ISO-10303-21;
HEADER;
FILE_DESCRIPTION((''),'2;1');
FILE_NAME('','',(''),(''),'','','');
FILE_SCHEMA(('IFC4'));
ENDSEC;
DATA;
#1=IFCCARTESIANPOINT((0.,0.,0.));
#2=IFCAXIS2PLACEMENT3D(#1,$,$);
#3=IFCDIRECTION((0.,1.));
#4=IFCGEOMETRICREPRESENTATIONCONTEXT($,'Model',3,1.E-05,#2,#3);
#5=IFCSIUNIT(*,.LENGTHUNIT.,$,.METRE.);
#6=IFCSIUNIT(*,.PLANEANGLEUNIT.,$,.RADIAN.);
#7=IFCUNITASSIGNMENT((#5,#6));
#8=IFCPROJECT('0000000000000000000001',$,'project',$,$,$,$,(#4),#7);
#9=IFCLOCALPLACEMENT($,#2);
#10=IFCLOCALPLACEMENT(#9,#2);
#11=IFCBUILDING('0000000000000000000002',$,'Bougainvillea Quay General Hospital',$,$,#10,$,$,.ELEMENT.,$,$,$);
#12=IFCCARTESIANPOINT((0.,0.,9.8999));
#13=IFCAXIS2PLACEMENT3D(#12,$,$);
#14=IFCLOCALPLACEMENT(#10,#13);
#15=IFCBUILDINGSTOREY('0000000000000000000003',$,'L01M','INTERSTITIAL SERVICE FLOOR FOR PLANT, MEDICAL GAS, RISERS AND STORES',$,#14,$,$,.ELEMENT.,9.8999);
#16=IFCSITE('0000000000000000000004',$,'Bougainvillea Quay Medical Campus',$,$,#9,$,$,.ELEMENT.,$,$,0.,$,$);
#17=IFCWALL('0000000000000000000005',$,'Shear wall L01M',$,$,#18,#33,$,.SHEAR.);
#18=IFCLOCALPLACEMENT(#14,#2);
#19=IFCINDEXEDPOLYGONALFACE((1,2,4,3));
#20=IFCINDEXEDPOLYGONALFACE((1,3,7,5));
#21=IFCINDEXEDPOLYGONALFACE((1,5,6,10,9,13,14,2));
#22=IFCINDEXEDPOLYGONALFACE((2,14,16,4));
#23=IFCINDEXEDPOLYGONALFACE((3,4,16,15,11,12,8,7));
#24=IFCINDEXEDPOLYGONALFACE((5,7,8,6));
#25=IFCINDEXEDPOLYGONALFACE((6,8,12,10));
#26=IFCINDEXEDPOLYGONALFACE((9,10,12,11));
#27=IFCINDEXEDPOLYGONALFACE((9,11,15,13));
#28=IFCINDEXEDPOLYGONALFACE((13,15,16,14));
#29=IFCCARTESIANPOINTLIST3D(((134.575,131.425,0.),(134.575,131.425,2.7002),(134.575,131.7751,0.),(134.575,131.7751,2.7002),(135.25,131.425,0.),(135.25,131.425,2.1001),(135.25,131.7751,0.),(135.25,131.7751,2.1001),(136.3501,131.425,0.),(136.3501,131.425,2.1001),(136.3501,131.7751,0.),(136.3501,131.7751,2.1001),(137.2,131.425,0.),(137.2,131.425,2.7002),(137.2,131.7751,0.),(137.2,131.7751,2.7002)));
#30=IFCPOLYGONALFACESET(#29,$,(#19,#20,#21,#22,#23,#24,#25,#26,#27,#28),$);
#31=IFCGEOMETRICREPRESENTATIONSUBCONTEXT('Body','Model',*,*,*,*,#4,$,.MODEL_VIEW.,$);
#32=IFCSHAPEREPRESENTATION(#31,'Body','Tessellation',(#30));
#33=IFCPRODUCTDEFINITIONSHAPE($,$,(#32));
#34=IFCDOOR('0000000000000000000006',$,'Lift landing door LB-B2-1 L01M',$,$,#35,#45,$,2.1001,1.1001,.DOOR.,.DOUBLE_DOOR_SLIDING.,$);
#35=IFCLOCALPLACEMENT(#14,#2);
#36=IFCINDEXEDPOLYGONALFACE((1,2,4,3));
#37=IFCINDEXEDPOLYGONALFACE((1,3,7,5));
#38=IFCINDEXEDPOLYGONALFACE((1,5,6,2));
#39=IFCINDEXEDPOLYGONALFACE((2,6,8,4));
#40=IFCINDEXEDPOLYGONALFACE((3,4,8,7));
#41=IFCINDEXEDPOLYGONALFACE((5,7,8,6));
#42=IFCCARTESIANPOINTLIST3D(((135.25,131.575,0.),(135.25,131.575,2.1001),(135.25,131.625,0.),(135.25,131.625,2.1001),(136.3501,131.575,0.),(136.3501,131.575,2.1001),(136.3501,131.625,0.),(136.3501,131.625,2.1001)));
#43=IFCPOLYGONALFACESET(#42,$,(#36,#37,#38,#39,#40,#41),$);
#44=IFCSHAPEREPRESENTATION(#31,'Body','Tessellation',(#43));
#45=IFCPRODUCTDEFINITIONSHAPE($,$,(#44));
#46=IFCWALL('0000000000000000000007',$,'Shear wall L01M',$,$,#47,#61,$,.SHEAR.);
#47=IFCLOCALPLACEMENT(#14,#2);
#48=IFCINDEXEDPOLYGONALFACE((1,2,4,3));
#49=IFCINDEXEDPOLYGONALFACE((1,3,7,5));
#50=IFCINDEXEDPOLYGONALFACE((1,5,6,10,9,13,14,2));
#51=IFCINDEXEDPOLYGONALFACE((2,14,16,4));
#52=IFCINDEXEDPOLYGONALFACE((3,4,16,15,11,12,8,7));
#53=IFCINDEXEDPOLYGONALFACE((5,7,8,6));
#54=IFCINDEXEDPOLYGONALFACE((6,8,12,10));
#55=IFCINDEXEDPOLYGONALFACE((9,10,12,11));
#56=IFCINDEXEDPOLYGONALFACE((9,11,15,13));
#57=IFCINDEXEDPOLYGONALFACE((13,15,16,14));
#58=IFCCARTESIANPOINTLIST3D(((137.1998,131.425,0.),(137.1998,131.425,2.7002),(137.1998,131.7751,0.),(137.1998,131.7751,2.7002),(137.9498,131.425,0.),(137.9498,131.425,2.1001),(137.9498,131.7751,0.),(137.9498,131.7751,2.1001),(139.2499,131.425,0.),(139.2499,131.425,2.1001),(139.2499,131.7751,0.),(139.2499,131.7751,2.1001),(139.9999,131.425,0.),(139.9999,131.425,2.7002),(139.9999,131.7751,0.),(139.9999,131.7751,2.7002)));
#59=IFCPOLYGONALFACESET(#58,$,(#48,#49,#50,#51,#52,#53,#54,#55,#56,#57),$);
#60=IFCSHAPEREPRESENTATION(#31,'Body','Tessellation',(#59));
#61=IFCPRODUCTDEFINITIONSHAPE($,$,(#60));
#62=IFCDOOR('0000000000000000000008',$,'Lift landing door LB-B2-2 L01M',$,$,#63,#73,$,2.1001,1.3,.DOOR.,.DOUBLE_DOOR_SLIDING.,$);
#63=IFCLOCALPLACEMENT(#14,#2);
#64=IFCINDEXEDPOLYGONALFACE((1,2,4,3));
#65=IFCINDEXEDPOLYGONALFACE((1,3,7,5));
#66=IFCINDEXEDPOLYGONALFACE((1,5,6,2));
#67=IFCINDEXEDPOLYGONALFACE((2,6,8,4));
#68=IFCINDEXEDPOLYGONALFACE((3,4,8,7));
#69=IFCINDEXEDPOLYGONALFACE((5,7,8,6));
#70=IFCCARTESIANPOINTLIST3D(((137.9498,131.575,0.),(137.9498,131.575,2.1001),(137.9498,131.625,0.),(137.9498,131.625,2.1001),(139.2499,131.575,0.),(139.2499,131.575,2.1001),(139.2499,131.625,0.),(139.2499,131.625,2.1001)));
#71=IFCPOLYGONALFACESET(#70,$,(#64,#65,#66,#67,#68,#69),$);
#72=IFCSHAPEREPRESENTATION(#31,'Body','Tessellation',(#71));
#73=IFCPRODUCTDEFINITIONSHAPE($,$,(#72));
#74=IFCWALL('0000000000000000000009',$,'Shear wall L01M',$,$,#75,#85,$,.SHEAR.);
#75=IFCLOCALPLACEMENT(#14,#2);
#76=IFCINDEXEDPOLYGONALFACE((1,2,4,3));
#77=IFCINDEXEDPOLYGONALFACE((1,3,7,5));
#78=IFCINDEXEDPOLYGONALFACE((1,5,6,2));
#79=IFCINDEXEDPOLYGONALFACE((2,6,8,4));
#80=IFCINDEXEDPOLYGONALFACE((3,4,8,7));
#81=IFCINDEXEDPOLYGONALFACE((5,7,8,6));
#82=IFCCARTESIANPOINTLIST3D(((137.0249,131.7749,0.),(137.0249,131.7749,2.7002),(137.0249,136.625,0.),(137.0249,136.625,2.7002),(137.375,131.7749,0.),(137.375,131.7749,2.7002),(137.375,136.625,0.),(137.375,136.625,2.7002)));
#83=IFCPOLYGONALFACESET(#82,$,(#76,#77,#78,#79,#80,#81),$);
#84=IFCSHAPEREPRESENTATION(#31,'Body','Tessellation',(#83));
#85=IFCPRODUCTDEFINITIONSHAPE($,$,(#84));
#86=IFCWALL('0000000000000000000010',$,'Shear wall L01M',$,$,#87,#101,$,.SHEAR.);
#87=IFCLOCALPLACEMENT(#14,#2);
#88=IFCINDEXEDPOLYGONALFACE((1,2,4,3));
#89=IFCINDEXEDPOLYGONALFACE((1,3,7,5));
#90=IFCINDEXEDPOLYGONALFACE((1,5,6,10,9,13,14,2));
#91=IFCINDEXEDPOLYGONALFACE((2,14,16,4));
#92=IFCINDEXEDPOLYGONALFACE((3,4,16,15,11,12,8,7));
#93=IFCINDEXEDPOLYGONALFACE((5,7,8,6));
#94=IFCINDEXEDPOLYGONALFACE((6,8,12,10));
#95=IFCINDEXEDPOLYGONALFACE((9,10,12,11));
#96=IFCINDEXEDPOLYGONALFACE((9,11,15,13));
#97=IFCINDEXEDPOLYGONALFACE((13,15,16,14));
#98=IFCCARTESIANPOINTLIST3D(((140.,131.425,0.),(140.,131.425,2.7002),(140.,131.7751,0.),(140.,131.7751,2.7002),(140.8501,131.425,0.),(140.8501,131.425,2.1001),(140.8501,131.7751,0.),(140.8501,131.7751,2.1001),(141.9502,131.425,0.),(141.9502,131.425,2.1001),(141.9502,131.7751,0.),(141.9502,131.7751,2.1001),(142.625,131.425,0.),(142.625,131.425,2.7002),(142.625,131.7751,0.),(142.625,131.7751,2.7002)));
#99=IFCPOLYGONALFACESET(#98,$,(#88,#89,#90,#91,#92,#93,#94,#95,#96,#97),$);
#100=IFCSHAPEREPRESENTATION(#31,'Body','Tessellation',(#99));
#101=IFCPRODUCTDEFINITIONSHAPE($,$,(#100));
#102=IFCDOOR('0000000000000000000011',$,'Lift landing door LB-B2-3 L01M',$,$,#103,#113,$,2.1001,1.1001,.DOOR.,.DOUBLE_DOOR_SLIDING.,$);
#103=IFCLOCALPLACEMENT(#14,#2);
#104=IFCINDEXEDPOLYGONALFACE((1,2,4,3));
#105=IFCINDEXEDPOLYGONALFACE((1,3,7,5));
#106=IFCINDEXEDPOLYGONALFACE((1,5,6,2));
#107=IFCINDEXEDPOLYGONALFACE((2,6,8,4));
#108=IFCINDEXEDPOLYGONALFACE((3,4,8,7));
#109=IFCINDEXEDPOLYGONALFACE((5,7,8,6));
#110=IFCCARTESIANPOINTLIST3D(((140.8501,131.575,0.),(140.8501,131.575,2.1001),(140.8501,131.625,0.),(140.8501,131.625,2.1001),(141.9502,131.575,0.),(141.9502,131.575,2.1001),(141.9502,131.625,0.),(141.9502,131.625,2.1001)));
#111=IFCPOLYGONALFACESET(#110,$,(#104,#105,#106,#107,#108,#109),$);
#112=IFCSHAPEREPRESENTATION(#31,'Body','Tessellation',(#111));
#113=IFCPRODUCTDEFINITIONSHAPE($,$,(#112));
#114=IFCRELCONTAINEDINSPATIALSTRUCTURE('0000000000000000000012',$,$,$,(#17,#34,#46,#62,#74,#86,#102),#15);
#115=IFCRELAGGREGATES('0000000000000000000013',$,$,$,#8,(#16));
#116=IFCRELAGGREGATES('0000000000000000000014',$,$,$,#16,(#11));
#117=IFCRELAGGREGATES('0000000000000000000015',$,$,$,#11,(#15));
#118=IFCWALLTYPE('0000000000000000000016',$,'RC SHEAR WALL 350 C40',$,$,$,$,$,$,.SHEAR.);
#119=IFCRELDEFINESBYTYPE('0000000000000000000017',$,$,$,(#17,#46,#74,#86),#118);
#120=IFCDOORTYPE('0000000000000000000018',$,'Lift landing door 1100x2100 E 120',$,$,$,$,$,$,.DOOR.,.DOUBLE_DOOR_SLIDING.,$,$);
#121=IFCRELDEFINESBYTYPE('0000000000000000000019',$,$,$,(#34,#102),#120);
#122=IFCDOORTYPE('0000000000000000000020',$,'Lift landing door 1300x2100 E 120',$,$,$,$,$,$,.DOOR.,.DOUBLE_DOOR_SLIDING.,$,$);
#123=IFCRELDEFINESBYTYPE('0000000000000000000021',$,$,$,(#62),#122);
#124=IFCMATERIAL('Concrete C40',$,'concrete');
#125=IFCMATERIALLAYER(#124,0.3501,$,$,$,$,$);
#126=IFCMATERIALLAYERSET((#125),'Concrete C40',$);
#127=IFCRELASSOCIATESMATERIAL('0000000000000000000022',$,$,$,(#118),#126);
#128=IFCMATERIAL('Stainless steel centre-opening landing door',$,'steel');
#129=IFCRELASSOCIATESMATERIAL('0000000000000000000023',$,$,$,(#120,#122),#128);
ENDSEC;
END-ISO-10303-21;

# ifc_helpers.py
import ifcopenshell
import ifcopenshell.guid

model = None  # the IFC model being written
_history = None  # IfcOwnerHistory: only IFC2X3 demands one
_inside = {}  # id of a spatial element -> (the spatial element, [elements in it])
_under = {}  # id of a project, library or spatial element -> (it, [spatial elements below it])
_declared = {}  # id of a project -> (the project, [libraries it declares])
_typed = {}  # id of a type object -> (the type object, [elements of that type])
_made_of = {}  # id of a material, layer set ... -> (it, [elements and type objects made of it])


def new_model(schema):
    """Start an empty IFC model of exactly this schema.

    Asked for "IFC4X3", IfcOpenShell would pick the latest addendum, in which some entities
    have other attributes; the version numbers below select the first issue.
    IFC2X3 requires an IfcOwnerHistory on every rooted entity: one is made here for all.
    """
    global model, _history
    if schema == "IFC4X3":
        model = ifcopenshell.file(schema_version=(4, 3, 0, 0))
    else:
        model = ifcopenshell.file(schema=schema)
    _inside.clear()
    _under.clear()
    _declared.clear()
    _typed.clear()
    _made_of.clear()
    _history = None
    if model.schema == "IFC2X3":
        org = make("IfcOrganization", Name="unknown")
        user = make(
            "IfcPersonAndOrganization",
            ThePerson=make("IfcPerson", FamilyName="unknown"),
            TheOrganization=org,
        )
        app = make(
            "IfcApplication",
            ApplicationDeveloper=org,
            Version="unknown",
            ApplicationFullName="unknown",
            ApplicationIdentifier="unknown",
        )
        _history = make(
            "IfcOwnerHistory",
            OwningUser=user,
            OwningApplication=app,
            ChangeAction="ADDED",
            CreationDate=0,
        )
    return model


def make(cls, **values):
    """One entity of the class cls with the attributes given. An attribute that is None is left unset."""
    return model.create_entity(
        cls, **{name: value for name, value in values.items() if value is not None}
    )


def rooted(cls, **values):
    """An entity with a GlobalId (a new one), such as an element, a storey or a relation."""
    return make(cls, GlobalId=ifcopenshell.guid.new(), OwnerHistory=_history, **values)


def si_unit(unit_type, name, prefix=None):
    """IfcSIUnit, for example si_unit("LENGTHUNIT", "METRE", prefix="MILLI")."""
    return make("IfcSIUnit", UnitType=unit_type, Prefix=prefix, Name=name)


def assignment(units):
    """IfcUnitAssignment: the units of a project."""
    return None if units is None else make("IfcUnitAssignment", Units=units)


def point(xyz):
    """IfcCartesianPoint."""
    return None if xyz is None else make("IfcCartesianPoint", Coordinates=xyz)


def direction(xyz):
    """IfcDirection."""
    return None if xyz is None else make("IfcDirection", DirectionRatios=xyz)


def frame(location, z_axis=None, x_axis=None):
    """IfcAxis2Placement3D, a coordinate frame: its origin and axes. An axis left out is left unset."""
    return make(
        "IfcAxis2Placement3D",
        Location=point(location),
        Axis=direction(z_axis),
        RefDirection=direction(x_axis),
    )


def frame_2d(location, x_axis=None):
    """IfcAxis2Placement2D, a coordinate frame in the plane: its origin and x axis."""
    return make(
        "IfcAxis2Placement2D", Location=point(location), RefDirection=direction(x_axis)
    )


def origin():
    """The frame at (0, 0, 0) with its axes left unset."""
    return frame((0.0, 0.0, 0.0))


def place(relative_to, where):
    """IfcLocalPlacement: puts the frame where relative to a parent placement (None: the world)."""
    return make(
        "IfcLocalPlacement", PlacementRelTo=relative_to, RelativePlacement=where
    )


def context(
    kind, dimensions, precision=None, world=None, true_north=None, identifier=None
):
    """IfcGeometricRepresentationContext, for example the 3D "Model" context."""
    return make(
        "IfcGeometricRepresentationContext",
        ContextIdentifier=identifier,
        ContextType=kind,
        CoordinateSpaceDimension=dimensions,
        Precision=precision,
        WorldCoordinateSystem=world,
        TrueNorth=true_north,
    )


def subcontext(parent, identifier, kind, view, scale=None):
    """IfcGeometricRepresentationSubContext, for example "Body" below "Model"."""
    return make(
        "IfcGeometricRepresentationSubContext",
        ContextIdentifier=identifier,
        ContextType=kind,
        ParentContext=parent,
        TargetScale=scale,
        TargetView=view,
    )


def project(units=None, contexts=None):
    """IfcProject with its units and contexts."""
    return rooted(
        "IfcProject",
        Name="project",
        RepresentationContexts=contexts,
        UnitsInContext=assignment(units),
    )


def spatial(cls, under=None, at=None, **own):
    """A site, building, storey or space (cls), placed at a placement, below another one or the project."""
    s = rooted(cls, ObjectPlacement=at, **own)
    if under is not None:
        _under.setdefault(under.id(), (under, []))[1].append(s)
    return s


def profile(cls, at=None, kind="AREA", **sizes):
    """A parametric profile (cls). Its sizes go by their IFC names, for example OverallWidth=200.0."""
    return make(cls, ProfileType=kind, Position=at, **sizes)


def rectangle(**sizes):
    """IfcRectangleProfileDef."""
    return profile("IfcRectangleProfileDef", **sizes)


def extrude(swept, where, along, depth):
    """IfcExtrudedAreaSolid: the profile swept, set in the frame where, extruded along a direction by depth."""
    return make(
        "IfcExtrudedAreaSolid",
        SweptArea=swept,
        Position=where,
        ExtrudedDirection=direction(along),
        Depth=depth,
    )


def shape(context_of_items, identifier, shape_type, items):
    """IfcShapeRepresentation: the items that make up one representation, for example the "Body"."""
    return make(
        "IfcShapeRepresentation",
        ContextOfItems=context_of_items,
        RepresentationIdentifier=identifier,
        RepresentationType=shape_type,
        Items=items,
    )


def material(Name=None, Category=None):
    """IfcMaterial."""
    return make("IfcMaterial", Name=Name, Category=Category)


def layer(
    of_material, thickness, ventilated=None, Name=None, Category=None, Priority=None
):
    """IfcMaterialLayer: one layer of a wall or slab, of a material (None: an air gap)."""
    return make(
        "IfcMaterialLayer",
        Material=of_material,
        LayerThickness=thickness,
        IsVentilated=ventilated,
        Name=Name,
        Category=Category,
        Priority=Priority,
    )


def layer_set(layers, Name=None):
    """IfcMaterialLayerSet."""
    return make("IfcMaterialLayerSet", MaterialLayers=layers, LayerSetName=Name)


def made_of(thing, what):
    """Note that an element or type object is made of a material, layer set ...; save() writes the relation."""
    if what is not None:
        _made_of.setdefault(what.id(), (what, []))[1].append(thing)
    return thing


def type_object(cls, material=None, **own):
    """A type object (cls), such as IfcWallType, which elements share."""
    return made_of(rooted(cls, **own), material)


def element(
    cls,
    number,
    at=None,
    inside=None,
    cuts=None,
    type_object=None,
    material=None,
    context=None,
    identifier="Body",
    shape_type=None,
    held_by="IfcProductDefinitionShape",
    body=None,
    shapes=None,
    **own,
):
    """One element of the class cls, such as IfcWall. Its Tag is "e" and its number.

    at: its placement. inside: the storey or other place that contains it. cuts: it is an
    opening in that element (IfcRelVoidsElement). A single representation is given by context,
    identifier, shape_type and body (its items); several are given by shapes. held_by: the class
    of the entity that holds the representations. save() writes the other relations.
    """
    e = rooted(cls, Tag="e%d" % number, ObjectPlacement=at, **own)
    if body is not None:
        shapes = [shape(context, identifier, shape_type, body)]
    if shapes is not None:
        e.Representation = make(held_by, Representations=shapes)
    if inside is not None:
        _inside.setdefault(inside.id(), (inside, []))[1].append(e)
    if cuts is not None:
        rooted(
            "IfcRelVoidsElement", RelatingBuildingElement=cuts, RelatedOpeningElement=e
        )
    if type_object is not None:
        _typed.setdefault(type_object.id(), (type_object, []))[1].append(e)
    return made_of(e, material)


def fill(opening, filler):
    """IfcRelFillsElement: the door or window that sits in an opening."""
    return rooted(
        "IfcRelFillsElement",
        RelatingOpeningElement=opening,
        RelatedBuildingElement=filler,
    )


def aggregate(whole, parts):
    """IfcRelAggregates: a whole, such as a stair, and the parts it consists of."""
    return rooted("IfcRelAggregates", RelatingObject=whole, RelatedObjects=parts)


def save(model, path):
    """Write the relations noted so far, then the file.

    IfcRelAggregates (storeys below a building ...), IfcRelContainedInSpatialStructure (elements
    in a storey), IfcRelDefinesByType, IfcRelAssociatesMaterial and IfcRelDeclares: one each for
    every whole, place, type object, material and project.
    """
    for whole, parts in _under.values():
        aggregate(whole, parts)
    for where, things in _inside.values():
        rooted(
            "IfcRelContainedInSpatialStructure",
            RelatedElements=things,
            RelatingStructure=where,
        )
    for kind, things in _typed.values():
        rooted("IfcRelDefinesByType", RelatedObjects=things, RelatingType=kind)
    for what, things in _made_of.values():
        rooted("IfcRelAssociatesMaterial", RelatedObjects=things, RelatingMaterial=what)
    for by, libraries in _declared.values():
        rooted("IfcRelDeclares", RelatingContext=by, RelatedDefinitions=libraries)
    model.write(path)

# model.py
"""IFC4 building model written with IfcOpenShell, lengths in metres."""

from ifc_helpers import new_model, si_unit, direction, frame, frame_2d, origin, place, context, subcontext, project, spatial, rectangle, extrude, material, layer, layer_set, type_object, element, fill, save


model = new_model("IFC4")

# Units and contexts
model_context = context("Model", 3, precision=1e-05, world=origin(), true_north=direction((0.0, 1.0)))
body_context = subcontext(model_context, "Body", "Model", "MODEL_VIEW")
ifc_project = project(units=[si_unit("LENGTHUNIT", "METRE"), si_unit("PLANEANGLEUNIT", "RADIAN")], contexts=[model_context])

# Site, building, storey
site_placement = place(None, origin())
site = spatial("IfcSite", under=ifc_project, at=site_placement, Name="Bougainvillea Quay Medical Campus", CompositionType="ELEMENT", RefElevation=0.0)
building_placement = place(site_placement, origin())
building = spatial("IfcBuilding", under=site, at=building_placement, Name="Bougainvillea Quay General Hospital", CompositionType="ELEMENT")
storey_placement = place(building_placement, frame((0.0, 0.0, 9.8999)))
storey = spatial("IfcBuildingStorey", under=building, at=storey_placement, Name="L01M", Description="INTERSTITIAL SERVICE FLOOR FOR PLANT, MEDICAL GAS, RISERS AND STORES", CompositionType="ELEMENT", Elevation=9.8999)

# Shared definitions
ifc_material_1 = material(Name="Concrete C40", Category="concrete")

# Shared definitions
ifc_layer_1 = layer(ifc_material_1, 0.3501)
ifc_layer_set_1 = layer_set([ifc_layer_1], Name="Concrete C40")
wall_type_1 = type_object("IfcWallType", Name="RC SHEAR WALL 350 C40", PredefinedType="SHEAR", material=ifc_layer_set_1)

# Walls, openings, doors
wall_1_placement = place(storey_placement, frame((134.575, 131.6001, 0.0), z_axis=(0.0, 0.0, 1.0), x_axis=(1.0, 0.0, 0.0)))
wall_1 = element("IfcWall", 1, at=wall_1_placement, inside=storey, type_object=wall_type_1, Name="Shear wall L01M", PredefinedType="SHEAR", context=body_context, shape_type="SweptSolid", body=[
    extrude(rectangle(XDim=2.625, YDim=0.3501, at=frame_2d((1.3125, 0.0))), origin(), (0.0, 0.0, 1.0), 2.7002),
])
opening_1_placement = place(wall_1_placement, frame((0.675, 0.0, 0.0)))
opening_1 = element("IfcOpeningElement", 2, at=opening_1_placement, cuts=wall_1, PredefinedType="OPENING", context=body_context, shape_type="SweptSolid", body=[
    extrude(rectangle(XDim=1.1001, YDim=2.1001, at=frame_2d((0.55, 1.05))), frame((0.0, 0.1851, 0.0), z_axis=(0.0, -1.0, 0.0), x_axis=(1.0, 0.0, 0.0)), (0.0, 0.0, 1.0), 0.3701),
])
ifc_material_2 = material(Name="Stainless steel centre-opening landing door", Category="steel")
door_type_1 = type_object("IfcDoorType", Name="Lift landing door 1100x2100 E 120", OperationType="DOUBLE_DOOR_SLIDING", PredefinedType="DOOR", material=ifc_material_2)
door_1_placement = place(opening_1_placement, origin())
door_1 = element("IfcDoor", 3, at=door_1_placement, inside=storey, type_object=door_type_1, Name="Lift landing door LB-B2-1 L01M", OperationType="DOUBLE_DOOR_SLIDING", OverallHeight=2.1001, OverallWidth=1.1001, PredefinedType="DOOR", context=body_context, shape_type="SweptSolid", body=[
    extrude(rectangle(XDim=1.1001, YDim=2.1001, at=frame_2d((0.55, 1.05))), frame((0.0, 0.0249, 0.0), z_axis=(0.0, -1.0, 0.0), x_axis=(1.0, 0.0, 0.0)), (0.0, 0.0, 1.0), 0.05),
])
fill(opening_1, door_1)
wall_2_placement = place(storey_placement, frame((137.2, 131.6001, 0.0), z_axis=(0.0, 0.0, 1.0), x_axis=(1.0, 0.0, 0.0)))
wall_2 = element("IfcWall", 4, at=wall_2_placement, inside=storey, type_object=wall_type_1, Name="Shear wall L01M", PredefinedType="SHEAR", context=body_context, shape_type="SweptSolid", body=[
    extrude(rectangle(XDim=2.8, YDim=0.3501, at=frame_2d((1.3999, 0.0))), origin(), (0.0, 0.0, 1.0), 2.7002),
])
opening_2_placement = place(wall_2_placement, frame((0.75, 0.0, 0.0)))
opening_2 = element("IfcOpeningElement", 5, at=opening_2_placement, cuts=wall_2, PredefinedType="OPENING", context=body_context, shape_type="SweptSolid", body=[
    extrude(rectangle(XDim=1.3, YDim=2.1001, at=frame_2d((0.6499, 1.05))), frame((0.0, 0.1851, 0.0), z_axis=(0.0, -1.0, 0.0), x_axis=(1.0, 0.0, 0.0)), (0.0, 0.0, 1.0), 0.3701),
])
door_type_2 = type_object("IfcDoorType", Name="Lift landing door 1300x2100 E 120", OperationType="DOUBLE_DOOR_SLIDING", PredefinedType="DOOR", material=ifc_material_2)
door_2_placement = place(opening_2_placement, origin())
door_2 = element("IfcDoor", 6, at=door_2_placement, inside=storey, type_object=door_type_2, Name="Lift landing door LB-B2-2 L01M", OperationType="DOUBLE_DOOR_SLIDING", OverallHeight=2.1001, OverallWidth=1.3, PredefinedType="DOOR", context=body_context, shape_type="SweptSolid", body=[
    extrude(rectangle(XDim=1.3, YDim=2.1001, at=frame_2d((0.6499, 1.05))), frame((0.0, 0.0249, 0.0), z_axis=(0.0, -1.0, 0.0), x_axis=(1.0, 0.0, 0.0)), (0.0, 0.0, 1.0), 0.05),
])
fill(opening_2, door_2)

# Wall
wall_3_placement = place(storey_placement, frame((137.2, 131.7749, 0.0), z_axis=(0.0, 0.0, 1.0), x_axis=(0.0, 1.0, 0.0)))
element("IfcWall", 7, at=wall_3_placement, inside=storey, type_object=wall_type_1, Name="Shear wall L01M", PredefinedType="SHEAR", context=body_context, shape_type="SweptSolid", body=[
    extrude(rectangle(XDim=4.8501, YDim=0.3501, at=frame_2d((2.425, 0.0))), origin(), (0.0, 0.0, 1.0), 2.7002),
])

# Wall, opening, door
wall_4_placement = place(storey_placement, frame((140.0, 131.6001, 0.0), z_axis=(0.0, 0.0, 1.0), x_axis=(1.0, 0.0, 0.0)))
wall_4 = element("IfcWall", 8, at=wall_4_placement, inside=storey, type_object=wall_type_1, Name="Shear wall L01M", PredefinedType="SHEAR", context=body_context, shape_type="SweptSolid", body=[
    extrude(rectangle(XDim=2.625, YDim=0.3501, at=frame_2d((1.3125, 0.0))), origin(), (0.0, 0.0, 1.0), 2.7002),
])
opening_3_placement = place(wall_4_placement, frame((0.8501, 0.0, 0.0)))
opening_3 = element("IfcOpeningElement", 9, at=opening_3_placement, cuts=wall_4, PredefinedType="OPENING", context=body_context, shape_type="SweptSolid", body=[
    extrude(rectangle(XDim=1.1001, YDim=2.1001, at=frame_2d((0.55, 1.05))), frame((0.0, 0.1851, 0.0), z_axis=(0.0, -1.0, 0.0), x_axis=(1.0, 0.0, 0.0)), (0.0, 0.0, 1.0), 0.3701),
])
door_3_placement = place(opening_3_placement, origin())
door_3 = element("IfcDoor", 10, at=door_3_placement, inside=storey, type_object=door_type_1, Name="Lift landing door LB-B2-3 L01M", OperationType="DOUBLE_DOOR_SLIDING", OverallHeight=2.1001, OverallWidth=1.1001, PredefinedType="DOOR", context=body_context, shape_type="SweptSolid", body=[
    extrude(rectangle(XDim=1.1001, YDim=2.1001, at=frame_2d((0.55, 1.05))), frame((0.0, 0.0249, 0.0), z_axis=(0.0, -1.0, 0.0), x_axis=(1.0, 0.0, 0.0)), (0.0, 0.0, 1.0), 0.05),
])
fill(opening_3, door_3)

save(model, "model.ifc")
